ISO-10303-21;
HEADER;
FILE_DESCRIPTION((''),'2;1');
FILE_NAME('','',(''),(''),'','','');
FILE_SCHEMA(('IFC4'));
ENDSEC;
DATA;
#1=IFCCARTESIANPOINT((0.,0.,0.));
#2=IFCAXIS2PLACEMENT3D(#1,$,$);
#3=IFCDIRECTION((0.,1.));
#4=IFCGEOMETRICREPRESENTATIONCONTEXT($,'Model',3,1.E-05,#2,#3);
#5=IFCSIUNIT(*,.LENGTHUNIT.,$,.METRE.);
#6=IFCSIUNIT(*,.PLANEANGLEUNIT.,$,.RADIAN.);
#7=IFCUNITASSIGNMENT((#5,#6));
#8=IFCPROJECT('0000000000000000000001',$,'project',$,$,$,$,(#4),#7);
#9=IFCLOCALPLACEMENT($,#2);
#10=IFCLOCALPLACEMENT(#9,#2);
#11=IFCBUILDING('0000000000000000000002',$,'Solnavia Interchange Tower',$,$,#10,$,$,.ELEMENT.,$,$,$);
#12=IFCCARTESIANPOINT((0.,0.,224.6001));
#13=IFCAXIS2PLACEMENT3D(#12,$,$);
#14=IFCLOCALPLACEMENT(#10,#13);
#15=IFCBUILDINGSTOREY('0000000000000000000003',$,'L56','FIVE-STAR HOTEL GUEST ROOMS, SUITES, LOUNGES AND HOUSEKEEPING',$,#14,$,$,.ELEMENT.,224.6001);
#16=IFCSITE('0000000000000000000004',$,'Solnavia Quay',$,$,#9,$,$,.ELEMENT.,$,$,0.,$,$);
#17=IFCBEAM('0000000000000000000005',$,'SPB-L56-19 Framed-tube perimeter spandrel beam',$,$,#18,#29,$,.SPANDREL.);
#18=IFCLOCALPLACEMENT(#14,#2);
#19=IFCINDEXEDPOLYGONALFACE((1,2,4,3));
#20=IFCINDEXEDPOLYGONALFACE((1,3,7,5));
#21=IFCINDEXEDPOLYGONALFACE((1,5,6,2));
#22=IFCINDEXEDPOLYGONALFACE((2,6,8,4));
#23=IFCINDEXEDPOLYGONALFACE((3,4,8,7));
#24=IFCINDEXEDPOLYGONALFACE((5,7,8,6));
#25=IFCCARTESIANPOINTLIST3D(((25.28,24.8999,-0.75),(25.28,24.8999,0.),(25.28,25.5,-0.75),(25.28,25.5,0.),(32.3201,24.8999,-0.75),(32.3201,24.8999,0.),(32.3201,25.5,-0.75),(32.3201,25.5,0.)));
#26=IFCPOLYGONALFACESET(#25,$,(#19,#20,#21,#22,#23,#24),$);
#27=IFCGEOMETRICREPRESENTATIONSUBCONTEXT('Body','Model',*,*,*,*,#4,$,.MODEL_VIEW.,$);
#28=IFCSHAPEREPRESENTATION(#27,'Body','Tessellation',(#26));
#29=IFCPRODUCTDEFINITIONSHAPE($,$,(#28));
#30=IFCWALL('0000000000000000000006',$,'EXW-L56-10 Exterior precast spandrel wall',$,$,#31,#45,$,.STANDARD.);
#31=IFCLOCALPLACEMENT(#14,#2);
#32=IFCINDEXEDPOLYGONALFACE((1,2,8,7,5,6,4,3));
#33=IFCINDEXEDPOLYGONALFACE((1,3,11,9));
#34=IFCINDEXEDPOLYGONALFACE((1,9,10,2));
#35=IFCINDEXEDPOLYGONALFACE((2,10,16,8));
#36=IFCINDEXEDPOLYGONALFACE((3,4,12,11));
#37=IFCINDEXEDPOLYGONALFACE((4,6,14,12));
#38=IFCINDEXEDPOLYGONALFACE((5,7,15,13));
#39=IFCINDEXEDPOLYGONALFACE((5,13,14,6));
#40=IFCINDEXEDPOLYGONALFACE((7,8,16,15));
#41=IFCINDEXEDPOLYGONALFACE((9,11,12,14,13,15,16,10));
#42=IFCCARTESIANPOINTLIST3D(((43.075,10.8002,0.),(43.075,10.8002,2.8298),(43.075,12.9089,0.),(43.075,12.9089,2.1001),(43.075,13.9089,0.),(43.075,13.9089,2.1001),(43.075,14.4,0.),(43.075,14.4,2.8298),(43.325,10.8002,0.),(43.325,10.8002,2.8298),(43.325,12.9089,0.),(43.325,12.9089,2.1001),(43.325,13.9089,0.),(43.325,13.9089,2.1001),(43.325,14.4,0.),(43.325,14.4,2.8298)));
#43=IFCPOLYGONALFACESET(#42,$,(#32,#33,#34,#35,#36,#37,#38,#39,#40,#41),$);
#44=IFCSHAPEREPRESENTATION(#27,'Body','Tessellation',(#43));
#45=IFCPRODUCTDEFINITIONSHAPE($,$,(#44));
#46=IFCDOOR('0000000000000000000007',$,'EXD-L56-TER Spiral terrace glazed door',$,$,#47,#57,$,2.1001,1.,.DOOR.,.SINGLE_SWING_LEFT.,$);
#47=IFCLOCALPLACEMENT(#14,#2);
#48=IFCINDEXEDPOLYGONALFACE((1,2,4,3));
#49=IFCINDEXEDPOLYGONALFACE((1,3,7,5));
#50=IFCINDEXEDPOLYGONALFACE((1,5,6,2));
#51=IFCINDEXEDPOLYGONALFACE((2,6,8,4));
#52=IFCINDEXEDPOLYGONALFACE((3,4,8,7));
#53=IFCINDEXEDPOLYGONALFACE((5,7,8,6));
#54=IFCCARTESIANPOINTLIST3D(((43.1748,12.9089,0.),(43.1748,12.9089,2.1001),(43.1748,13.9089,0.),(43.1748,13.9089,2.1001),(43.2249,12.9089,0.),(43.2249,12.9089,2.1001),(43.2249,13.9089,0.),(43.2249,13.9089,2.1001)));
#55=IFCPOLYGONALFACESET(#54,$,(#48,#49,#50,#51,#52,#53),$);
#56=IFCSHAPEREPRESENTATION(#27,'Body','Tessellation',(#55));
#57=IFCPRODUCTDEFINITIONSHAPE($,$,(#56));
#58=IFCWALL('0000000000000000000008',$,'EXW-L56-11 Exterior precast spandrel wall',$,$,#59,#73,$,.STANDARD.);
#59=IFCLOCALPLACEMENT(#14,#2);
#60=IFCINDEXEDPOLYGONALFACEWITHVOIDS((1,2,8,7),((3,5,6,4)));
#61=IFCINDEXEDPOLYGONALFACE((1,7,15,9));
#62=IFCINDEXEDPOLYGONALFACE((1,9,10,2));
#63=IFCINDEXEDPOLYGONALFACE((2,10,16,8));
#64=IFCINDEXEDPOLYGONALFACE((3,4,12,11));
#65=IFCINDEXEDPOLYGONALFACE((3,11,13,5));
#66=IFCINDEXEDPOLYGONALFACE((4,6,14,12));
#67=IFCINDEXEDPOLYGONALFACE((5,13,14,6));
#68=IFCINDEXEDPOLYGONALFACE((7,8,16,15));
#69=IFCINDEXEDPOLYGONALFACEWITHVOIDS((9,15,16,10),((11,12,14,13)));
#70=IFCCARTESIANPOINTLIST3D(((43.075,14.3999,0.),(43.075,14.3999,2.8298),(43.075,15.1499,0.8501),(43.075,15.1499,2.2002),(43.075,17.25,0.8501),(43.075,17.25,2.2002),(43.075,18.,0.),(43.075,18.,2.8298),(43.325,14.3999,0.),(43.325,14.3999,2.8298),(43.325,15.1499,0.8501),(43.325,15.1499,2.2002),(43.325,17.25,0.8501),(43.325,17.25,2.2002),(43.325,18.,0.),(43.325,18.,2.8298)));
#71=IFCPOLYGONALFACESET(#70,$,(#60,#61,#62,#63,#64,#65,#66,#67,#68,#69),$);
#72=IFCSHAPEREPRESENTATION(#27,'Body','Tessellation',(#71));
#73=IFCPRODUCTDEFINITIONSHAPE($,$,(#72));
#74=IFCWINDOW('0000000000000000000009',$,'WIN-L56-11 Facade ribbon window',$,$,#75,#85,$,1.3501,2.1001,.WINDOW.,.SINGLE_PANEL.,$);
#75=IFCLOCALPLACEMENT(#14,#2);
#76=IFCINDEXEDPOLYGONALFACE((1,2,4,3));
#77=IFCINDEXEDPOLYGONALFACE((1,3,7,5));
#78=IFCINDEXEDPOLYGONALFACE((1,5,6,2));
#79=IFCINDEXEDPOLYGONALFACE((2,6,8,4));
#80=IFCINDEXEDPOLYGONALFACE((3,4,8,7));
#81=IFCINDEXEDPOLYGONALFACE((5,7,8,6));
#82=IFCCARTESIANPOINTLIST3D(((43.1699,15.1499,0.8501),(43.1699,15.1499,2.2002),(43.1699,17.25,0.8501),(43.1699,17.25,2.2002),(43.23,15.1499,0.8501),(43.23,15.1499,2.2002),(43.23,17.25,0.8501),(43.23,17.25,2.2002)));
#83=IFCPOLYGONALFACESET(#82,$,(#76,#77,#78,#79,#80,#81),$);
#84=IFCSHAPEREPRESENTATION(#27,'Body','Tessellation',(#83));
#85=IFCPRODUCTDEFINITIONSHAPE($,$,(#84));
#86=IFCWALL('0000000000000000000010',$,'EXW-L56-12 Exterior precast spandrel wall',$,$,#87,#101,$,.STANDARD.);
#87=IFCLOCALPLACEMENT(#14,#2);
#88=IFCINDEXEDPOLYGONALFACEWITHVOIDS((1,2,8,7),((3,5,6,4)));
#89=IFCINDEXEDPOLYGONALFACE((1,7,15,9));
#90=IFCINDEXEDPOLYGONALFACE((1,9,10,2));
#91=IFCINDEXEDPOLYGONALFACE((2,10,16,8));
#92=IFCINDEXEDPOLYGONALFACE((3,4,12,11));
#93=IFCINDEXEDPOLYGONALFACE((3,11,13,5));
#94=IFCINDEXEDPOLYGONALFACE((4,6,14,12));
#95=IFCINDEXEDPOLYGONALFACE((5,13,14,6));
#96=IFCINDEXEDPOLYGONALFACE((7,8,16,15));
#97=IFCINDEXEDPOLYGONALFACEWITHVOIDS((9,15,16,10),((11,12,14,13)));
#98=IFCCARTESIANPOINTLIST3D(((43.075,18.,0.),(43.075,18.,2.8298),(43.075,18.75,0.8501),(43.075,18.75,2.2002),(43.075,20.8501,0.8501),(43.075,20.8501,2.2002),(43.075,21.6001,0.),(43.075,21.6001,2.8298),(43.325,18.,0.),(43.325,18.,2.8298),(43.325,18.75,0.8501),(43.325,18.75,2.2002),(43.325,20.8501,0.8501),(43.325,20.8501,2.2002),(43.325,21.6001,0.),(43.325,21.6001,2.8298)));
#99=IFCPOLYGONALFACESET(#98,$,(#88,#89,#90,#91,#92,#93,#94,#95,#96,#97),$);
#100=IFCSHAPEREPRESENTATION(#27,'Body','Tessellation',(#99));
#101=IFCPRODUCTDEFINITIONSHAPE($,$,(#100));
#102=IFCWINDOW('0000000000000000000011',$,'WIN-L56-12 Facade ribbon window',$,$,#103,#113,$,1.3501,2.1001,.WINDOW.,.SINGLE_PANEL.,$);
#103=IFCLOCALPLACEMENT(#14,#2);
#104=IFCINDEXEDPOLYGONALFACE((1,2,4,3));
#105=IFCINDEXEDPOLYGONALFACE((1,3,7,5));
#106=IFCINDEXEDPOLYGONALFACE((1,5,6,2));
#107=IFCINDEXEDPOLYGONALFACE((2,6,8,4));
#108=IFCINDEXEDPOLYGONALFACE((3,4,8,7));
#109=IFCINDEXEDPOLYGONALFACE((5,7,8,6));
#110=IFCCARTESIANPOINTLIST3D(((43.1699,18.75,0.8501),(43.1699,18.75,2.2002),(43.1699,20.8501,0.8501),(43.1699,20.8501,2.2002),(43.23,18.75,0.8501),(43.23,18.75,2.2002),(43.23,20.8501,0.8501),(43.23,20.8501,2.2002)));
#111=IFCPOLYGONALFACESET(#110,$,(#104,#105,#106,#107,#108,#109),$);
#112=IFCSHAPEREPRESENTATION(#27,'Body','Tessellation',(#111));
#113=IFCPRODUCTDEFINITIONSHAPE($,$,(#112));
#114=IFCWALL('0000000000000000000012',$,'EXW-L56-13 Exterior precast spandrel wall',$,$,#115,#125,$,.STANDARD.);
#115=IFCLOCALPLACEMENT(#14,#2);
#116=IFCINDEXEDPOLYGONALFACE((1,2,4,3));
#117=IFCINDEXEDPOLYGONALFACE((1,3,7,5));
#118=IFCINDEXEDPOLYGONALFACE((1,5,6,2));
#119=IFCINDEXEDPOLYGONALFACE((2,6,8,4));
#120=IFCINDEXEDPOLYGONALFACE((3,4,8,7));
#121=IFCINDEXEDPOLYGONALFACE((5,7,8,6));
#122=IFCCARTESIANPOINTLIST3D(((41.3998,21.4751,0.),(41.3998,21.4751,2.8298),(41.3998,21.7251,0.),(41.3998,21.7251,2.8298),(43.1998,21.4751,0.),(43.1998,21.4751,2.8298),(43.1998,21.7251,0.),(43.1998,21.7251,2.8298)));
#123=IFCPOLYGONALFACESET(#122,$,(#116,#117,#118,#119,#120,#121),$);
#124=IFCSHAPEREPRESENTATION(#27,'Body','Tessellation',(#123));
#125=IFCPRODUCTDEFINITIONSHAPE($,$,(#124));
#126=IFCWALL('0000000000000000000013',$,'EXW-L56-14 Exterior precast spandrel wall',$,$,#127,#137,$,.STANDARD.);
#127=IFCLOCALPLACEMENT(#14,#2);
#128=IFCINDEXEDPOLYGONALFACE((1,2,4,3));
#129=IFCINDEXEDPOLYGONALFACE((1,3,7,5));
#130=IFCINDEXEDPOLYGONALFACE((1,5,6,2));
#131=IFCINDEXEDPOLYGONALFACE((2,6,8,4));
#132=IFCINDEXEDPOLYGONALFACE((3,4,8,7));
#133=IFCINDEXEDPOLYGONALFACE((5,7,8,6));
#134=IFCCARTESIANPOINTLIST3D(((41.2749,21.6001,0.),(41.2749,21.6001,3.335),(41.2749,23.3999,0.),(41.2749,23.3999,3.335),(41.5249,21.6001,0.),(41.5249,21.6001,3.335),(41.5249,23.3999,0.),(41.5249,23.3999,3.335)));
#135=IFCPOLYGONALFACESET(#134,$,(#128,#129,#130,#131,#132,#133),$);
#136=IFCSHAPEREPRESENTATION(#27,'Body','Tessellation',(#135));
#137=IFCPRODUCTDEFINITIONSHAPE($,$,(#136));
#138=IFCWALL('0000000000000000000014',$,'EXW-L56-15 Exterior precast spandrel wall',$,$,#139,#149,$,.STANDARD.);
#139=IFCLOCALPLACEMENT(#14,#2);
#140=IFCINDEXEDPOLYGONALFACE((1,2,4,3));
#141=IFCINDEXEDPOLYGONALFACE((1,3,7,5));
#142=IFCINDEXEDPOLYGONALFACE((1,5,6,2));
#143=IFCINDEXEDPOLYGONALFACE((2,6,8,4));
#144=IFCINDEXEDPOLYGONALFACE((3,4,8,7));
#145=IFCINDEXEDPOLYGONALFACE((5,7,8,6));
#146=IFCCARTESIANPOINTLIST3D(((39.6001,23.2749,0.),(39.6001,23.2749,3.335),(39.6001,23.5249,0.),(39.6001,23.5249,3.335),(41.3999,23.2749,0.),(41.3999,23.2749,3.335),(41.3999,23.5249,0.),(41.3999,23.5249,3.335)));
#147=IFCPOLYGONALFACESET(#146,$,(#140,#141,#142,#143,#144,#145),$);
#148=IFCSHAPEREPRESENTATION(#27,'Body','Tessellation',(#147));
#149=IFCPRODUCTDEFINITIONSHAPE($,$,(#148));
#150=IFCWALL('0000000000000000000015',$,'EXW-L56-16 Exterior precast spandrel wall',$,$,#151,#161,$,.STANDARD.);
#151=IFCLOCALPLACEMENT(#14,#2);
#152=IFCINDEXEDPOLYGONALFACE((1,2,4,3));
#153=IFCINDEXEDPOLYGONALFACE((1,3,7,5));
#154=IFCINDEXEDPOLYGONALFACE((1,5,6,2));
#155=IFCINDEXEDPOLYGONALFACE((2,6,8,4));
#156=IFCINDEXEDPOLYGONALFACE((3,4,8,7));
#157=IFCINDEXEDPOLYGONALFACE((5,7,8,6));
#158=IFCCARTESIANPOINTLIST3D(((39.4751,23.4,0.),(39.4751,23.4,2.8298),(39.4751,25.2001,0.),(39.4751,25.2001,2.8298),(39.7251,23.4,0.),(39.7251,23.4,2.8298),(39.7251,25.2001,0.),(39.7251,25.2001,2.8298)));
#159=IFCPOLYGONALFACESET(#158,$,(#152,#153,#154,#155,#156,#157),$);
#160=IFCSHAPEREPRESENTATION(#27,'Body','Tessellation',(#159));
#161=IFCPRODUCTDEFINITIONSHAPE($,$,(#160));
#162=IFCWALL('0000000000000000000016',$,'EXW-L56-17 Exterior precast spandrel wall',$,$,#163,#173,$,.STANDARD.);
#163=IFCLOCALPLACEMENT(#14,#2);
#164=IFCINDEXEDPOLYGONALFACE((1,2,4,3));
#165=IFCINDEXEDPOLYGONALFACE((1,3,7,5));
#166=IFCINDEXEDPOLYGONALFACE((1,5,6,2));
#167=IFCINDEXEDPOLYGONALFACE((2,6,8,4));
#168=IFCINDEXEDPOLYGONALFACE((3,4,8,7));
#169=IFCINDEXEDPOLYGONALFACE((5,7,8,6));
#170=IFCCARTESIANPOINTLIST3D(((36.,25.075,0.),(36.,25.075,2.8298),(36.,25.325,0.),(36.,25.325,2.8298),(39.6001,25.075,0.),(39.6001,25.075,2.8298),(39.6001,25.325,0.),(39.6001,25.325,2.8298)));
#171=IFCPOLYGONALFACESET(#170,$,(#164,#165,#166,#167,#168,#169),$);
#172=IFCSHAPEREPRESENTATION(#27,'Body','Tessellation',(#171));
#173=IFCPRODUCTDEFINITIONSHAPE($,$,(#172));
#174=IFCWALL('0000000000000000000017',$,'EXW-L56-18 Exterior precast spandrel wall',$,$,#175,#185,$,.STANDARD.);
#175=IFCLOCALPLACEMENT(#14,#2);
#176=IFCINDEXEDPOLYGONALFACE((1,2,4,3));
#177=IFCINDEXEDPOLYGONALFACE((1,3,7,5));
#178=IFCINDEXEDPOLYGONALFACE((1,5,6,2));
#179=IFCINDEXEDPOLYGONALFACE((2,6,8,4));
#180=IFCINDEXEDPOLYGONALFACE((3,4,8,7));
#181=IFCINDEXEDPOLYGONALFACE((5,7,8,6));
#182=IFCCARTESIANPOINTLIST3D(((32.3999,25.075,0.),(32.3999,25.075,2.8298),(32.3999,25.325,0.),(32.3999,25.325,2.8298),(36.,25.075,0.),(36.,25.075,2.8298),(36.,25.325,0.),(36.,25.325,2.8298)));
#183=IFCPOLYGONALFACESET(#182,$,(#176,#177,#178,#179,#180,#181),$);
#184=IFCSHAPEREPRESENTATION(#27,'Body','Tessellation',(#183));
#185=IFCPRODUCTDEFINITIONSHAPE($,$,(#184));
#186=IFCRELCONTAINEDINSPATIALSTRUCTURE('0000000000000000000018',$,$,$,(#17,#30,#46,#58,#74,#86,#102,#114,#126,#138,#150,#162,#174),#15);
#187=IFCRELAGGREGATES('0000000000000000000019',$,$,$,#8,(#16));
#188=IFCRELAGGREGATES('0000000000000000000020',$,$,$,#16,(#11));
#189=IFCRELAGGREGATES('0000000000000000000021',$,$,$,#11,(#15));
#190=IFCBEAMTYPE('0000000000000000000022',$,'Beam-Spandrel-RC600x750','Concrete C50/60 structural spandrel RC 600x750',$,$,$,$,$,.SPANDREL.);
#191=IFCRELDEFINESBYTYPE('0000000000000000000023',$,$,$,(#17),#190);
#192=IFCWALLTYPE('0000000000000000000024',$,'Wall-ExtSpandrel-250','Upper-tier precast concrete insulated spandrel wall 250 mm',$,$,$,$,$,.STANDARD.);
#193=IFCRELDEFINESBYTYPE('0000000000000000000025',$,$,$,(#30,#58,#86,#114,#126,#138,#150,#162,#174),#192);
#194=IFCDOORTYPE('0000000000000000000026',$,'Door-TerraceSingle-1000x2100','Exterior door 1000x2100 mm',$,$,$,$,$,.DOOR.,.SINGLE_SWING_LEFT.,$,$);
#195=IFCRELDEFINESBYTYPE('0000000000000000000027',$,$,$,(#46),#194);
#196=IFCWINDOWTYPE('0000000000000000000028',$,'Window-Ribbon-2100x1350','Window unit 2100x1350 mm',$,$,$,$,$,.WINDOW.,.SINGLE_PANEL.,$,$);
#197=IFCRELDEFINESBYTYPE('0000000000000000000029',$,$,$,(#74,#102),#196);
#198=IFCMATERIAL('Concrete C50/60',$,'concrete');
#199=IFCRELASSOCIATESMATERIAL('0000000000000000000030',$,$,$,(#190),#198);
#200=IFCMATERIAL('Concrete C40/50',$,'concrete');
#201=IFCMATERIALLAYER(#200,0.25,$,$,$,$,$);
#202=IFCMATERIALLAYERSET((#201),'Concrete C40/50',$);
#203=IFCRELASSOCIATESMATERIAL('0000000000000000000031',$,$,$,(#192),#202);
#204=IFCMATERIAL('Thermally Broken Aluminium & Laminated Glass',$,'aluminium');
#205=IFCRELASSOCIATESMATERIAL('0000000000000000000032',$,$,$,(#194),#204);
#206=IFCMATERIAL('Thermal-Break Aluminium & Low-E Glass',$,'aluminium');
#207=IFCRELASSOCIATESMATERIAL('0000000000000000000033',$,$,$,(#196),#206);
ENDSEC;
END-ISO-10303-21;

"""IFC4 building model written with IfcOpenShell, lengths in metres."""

from ifc_helpers import new_model, si_unit, direction, frame, frame_2d, origin, origin_2d, place, context, subcontext, project, spatial, rectangle, extrude, material, layer, layer_set, material_profile, profile_set, type_object, element, fill, save


model = new_model("IFC4")

# Units and contexts
model_context = context("Model", 3, precision=1e-05, world=origin(), true_north=direction((0.0, 1.0)))
body_context = subcontext(model_context, "Body", "Model", "MODEL_VIEW")
ifc_project = project(units=[si_unit("LENGTHUNIT", "METRE"), si_unit("PLANEANGLEUNIT", "RADIAN")], contexts=[model_context])

# Site, building, storey
site_placement = place(None, origin())
site = spatial("IfcSite", under=ifc_project, at=site_placement, Name="Solnavia Quay", CompositionType="ELEMENT", RefElevation=0.0)
building_placement = place(site_placement, origin())
building = spatial("IfcBuilding", under=site, at=building_placement, Name="Solnavia Interchange Tower", CompositionType="ELEMENT")
storey_placement = place(building_placement, frame((0.0, 0.0, 224.6001)))
storey = spatial("IfcBuildingStorey", under=building, at=storey_placement, Name="L56", Description="FIVE-STAR HOTEL GUEST ROOMS, SUITES, LOUNGES AND HOUSEKEEPING", CompositionType="ELEMENT", Elevation=224.6001)

# Shared definitions
ifc_material_1 = material(Name="Concrete C50/60", Category="concrete")

# Beam
ifc_material_profile_1 = material_profile(ifc_material_1, rectangle(XDim=0.6001, YDim=0.75, at=origin_2d()), Name="RC 600x750")
ifc_profile_set_1 = profile_set([ifc_material_profile_1], Name="Concrete C50/60")
beam_type_1 = type_object("IfcBeamType", Name="Beam-Spandrel-RC600x750", Description="Concrete C50/60 structural spandrel RC 600x750", PredefinedType="SPANDREL", material=ifc_profile_set_1)
beam_1_placement = place(storey_placement, frame((32.3201, 25.2, -0.375), z_axis=(-1.0, 0.0, 0.0), x_axis=(0.0, -1.0, 0.0)))
element("IfcBeam", 1, at=beam_1_placement, inside=storey, type_object=beam_type_1, Name="SPB-L56-19 Framed-tube perimeter spandrel beam", PredefinedType="SPANDREL", context=body_context, shape_type="SweptSolid", body=[
    extrude(rectangle(XDim=0.6001, YDim=0.75, at=origin_2d()), origin(), (0.0, 0.0, 1.0), 7.04),
])

# Wall, opening, door
ifc_material_2 = material(Name="Concrete C40/50", Category="concrete")
ifc_layer_1 = layer(ifc_material_2, 0.25)
ifc_layer_set_1 = layer_set([ifc_layer_1], Name="Concrete C40/50")
wall_type_1 = type_object("IfcWallType", Name="Wall-ExtSpandrel-250", Description="Upper-tier precast concrete insulated spandrel wall 250 mm", PredefinedType="STANDARD", material=ifc_layer_set_1)
wall_1_placement = place(storey_placement, frame((43.2, 14.3999, 0.0), z_axis=(0.0, 0.0, 1.0), x_axis=(0.0, -1.0, 0.0)))
wall_1 = element("IfcWall", 2, at=wall_1_placement, inside=storey, type_object=wall_type_1, Name="EXW-L56-10 Exterior precast spandrel wall", PredefinedType="STANDARD", context=body_context, shape_type="SweptSolid", body=[
    extrude(rectangle(XDim=3.5999, YDim=0.25, at=frame_2d((1.7998, 0.0))), origin(), (0.0, 0.0, 1.0), 2.8298),
])
opening_1_placement = place(wall_1_placement, frame((0.491, 0.0, 0.0)))
opening_1 = element("IfcOpeningElement", 3, at=opening_1_placement, cuts=wall_1, PredefinedType="OPENING", context=body_context, shape_type="SweptSolid", body=[
    extrude(rectangle(XDim=1.0, YDim=2.1001, at=frame_2d((0.5, 1.05))), frame((0.0, 0.135, 0.0), z_axis=(0.0, -1.0, 0.0), x_axis=(1.0, 0.0, 0.0)), (0.0, 0.0, 1.0), 0.27),
])
ifc_material_3 = material(Name="Thermally Broken Aluminium & Laminated Glass", Category="aluminium")
door_type = type_object("IfcDoorType", Name="Door-TerraceSingle-1000x2100", Description="Exterior door 1000x2100 mm", OperationType="SINGLE_SWING_LEFT", PredefinedType="DOOR", material=ifc_material_3)
door_placement = place(opening_1_placement, origin())
door = element("IfcDoor", 4, at=door_placement, inside=storey, type_object=door_type, Name="EXD-L56-TER Spiral terrace glazed door", OperationType="SINGLE_SWING_LEFT", OverallHeight=2.1001, OverallWidth=1.0, PredefinedType="DOOR", context=body_context, shape_type="SweptSolid", body=[
    extrude(rectangle(XDim=1.0, YDim=2.1001, at=frame_2d((0.5, 1.05))), frame((0.0, 0.0249, 0.0), z_axis=(0.0, -1.0, 0.0), x_axis=(1.0, 0.0, 0.0)), (0.0, 0.0, 1.0), 0.05),
])
fill(opening_1, door)

# Walls, openings, windows
wall_2_placement = place(storey_placement, frame((43.2, 18.0, 0.0), z_axis=(0.0, 0.0, 1.0), x_axis=(0.0, -1.0, 0.0)))
wall_2 = element("IfcWall", 5, at=wall_2_placement, inside=storey, type_object=wall_type_1, Name="EXW-L56-11 Exterior precast spandrel wall", PredefinedType="STANDARD", context=body_context, shape_type="SweptSolid", body=[
    extrude(rectangle(XDim=3.6001, YDim=0.25, at=frame_2d((1.8, 0.0))), origin(), (0.0, 0.0, 1.0), 2.8298),
])
opening_2_placement = place(wall_2_placement, frame((0.75, 0.0, 0.8501)))
opening_2 = element("IfcOpeningElement", 6, at=opening_2_placement, cuts=wall_2, PredefinedType="OPENING", context=body_context, shape_type="SweptSolid", body=[
    extrude(rectangle(XDim=2.1001, YDim=1.3501, at=frame_2d((1.05, 0.675))), frame((0.0, 0.135, 0.0), z_axis=(0.0, -1.0, 0.0), x_axis=(1.0, 0.0, 0.0)), (0.0, 0.0, 1.0), 0.27),
])
ifc_material_4 = material(Name="Thermal-Break Aluminium & Low-E Glass", Category="aluminium")
window_type = type_object("IfcWindowType", Name="Window-Ribbon-2100x1350", Description="Window unit 2100x1350 mm", PartitioningType="SINGLE_PANEL", PredefinedType="WINDOW", material=ifc_material_4)
window_1_placement = place(opening_2_placement, origin())
window_1 = element("IfcWindow", 7, at=window_1_placement, inside=storey, type_object=window_type, Name="WIN-L56-11 Facade ribbon window", OverallHeight=1.3501, OverallWidth=2.1001, PartitioningType="SINGLE_PANEL", PredefinedType="WINDOW", context=body_context, shape_type="SweptSolid", body=[
    extrude(rectangle(XDim=2.1001, YDim=1.3501, at=frame_2d((1.05, 0.675))), frame((0.0, 0.03, 0.0), z_axis=(0.0, -1.0, 0.0), x_axis=(1.0, 0.0, 0.0)), (0.0, 0.0, 1.0), 0.0601),
])
fill(opening_2, window_1)
wall_3_placement = place(storey_placement, frame((43.2, 21.6001, 0.0), z_axis=(0.0, 0.0, 1.0), x_axis=(0.0, -1.0, 0.0)))
wall_3 = element("IfcWall", 8, at=wall_3_placement, inside=storey, type_object=wall_type_1, Name="EXW-L56-12 Exterior precast spandrel wall", PredefinedType="STANDARD", context=body_context, shape_type="SweptSolid", body=[
    extrude(rectangle(XDim=3.6001, YDim=0.25, at=frame_2d((1.8, 0.0))), origin(), (0.0, 0.0, 1.0), 2.8298),
])
opening_3_placement = place(wall_3_placement, frame((0.75, 0.0, 0.8501)))
opening_3 = element("IfcOpeningElement", 9, at=opening_3_placement, cuts=wall_3, PredefinedType="OPENING", context=body_context, shape_type="SweptSolid", body=[
    extrude(rectangle(XDim=2.1001, YDim=1.3501, at=frame_2d((1.05, 0.675))), frame((0.0, 0.135, 0.0), z_axis=(0.0, -1.0, 0.0), x_axis=(1.0, 0.0, 0.0)), (0.0, 0.0, 1.0), 0.27),
])
window_2_placement = place(opening_3_placement, origin())
window_2 = element("IfcWindow", 10, at=window_2_placement, inside=storey, type_object=window_type, Name="WIN-L56-12 Facade ribbon window", OverallHeight=1.3501, OverallWidth=2.1001, PartitioningType="SINGLE_PANEL", PredefinedType="WINDOW", context=body_context, shape_type="SweptSolid", body=[
    extrude(rectangle(XDim=2.1001, YDim=1.3501, at=frame_2d((1.05, 0.675))), frame((0.0, 0.03, 0.0), z_axis=(0.0, -1.0, 0.0), x_axis=(1.0, 0.0, 0.0)), (0.0, 0.0, 1.0), 0.0601),
])
fill(opening_3, window_2)

# Walls
wall_4_placement = place(storey_placement, frame((41.3999, 21.6001, 0.0), z_axis=(0.0, 0.0, 1.0), x_axis=(1.0, 0.0, 0.0)))
element("IfcWall", 11, at=wall_4_placement, inside=storey, type_object=wall_type_1, Name="EXW-L56-13 Exterior precast spandrel wall", PredefinedType="STANDARD", context=body_context, shape_type="SweptSolid", body=[
    extrude(rectangle(XDim=1.8, YDim=0.25, at=frame_2d((0.8999, 0.0))), origin(), (0.0, 0.0, 1.0), 2.8298),
])
for number, where, z_axis, x_axis, name in (
    (12, (41.3999, 23.3999, 0.0), (0.0, 0.0, 1.0), (0.0, -1.0, 0.0), "EXW-L56-14 Exterior precast spandrel wall"),
    (13, (39.6001, 23.3999, 0.0), (0.0, 0.0, 1.0), (1.0, 0.0, 0.0), "EXW-L56-15 Exterior precast spandrel wall"),
):
    element("IfcWall", number, at=place(storey_placement, frame(where, z_axis=z_axis, x_axis=x_axis)), inside=storey, type_object=wall_type_1, Name=name, PredefinedType="STANDARD", context=body_context, shape_type="SweptSolid", body=[
        extrude(rectangle(XDim=1.7998, YDim=0.25, at=frame_2d((0.8999, 0.0))), origin(), (0.0, 0.0, 1.0), 3.335),
    ])
wall_5_placement = place(storey_placement, frame((39.6001, 25.2, 0.0), z_axis=(0.0, 0.0, 1.0), x_axis=(0.0, -1.0, 0.0)))
element("IfcWall", 14, at=wall_5_placement, inside=storey, type_object=wall_type_1, Name="EXW-L56-16 Exterior precast spandrel wall", PredefinedType="STANDARD", context=body_context, shape_type="SweptSolid", body=[
    extrude(rectangle(XDim=1.8, YDim=0.25, at=frame_2d((0.8999, 0.0))), origin(), (0.0, 0.0, 1.0), 2.8298),
])
for number, where, z_axis, x_axis, name in (
    (15, (36.0, 25.2, 0.0), (0.0, 0.0, 1.0), (1.0, 0.0, 0.0), "EXW-L56-17 Exterior precast spandrel wall"),
    (16, (32.3999, 25.2, 0.0), (0.0, 0.0, 1.0), (1.0, 0.0, 0.0), "EXW-L56-18 Exterior precast spandrel wall"),
):
    element("IfcWall", number, at=place(storey_placement, frame(where, z_axis=z_axis, x_axis=x_axis)), inside=storey, type_object=wall_type_1, Name=name, PredefinedType="STANDARD", context=body_context, shape_type="SweptSolid", body=[
        extrude(rectangle(XDim=3.6001, YDim=0.25, at=frame_2d((1.8, 0.0))), origin(), (0.0, 0.0, 1.0), 2.8298),
    ])

save(model, "model.ifc")
